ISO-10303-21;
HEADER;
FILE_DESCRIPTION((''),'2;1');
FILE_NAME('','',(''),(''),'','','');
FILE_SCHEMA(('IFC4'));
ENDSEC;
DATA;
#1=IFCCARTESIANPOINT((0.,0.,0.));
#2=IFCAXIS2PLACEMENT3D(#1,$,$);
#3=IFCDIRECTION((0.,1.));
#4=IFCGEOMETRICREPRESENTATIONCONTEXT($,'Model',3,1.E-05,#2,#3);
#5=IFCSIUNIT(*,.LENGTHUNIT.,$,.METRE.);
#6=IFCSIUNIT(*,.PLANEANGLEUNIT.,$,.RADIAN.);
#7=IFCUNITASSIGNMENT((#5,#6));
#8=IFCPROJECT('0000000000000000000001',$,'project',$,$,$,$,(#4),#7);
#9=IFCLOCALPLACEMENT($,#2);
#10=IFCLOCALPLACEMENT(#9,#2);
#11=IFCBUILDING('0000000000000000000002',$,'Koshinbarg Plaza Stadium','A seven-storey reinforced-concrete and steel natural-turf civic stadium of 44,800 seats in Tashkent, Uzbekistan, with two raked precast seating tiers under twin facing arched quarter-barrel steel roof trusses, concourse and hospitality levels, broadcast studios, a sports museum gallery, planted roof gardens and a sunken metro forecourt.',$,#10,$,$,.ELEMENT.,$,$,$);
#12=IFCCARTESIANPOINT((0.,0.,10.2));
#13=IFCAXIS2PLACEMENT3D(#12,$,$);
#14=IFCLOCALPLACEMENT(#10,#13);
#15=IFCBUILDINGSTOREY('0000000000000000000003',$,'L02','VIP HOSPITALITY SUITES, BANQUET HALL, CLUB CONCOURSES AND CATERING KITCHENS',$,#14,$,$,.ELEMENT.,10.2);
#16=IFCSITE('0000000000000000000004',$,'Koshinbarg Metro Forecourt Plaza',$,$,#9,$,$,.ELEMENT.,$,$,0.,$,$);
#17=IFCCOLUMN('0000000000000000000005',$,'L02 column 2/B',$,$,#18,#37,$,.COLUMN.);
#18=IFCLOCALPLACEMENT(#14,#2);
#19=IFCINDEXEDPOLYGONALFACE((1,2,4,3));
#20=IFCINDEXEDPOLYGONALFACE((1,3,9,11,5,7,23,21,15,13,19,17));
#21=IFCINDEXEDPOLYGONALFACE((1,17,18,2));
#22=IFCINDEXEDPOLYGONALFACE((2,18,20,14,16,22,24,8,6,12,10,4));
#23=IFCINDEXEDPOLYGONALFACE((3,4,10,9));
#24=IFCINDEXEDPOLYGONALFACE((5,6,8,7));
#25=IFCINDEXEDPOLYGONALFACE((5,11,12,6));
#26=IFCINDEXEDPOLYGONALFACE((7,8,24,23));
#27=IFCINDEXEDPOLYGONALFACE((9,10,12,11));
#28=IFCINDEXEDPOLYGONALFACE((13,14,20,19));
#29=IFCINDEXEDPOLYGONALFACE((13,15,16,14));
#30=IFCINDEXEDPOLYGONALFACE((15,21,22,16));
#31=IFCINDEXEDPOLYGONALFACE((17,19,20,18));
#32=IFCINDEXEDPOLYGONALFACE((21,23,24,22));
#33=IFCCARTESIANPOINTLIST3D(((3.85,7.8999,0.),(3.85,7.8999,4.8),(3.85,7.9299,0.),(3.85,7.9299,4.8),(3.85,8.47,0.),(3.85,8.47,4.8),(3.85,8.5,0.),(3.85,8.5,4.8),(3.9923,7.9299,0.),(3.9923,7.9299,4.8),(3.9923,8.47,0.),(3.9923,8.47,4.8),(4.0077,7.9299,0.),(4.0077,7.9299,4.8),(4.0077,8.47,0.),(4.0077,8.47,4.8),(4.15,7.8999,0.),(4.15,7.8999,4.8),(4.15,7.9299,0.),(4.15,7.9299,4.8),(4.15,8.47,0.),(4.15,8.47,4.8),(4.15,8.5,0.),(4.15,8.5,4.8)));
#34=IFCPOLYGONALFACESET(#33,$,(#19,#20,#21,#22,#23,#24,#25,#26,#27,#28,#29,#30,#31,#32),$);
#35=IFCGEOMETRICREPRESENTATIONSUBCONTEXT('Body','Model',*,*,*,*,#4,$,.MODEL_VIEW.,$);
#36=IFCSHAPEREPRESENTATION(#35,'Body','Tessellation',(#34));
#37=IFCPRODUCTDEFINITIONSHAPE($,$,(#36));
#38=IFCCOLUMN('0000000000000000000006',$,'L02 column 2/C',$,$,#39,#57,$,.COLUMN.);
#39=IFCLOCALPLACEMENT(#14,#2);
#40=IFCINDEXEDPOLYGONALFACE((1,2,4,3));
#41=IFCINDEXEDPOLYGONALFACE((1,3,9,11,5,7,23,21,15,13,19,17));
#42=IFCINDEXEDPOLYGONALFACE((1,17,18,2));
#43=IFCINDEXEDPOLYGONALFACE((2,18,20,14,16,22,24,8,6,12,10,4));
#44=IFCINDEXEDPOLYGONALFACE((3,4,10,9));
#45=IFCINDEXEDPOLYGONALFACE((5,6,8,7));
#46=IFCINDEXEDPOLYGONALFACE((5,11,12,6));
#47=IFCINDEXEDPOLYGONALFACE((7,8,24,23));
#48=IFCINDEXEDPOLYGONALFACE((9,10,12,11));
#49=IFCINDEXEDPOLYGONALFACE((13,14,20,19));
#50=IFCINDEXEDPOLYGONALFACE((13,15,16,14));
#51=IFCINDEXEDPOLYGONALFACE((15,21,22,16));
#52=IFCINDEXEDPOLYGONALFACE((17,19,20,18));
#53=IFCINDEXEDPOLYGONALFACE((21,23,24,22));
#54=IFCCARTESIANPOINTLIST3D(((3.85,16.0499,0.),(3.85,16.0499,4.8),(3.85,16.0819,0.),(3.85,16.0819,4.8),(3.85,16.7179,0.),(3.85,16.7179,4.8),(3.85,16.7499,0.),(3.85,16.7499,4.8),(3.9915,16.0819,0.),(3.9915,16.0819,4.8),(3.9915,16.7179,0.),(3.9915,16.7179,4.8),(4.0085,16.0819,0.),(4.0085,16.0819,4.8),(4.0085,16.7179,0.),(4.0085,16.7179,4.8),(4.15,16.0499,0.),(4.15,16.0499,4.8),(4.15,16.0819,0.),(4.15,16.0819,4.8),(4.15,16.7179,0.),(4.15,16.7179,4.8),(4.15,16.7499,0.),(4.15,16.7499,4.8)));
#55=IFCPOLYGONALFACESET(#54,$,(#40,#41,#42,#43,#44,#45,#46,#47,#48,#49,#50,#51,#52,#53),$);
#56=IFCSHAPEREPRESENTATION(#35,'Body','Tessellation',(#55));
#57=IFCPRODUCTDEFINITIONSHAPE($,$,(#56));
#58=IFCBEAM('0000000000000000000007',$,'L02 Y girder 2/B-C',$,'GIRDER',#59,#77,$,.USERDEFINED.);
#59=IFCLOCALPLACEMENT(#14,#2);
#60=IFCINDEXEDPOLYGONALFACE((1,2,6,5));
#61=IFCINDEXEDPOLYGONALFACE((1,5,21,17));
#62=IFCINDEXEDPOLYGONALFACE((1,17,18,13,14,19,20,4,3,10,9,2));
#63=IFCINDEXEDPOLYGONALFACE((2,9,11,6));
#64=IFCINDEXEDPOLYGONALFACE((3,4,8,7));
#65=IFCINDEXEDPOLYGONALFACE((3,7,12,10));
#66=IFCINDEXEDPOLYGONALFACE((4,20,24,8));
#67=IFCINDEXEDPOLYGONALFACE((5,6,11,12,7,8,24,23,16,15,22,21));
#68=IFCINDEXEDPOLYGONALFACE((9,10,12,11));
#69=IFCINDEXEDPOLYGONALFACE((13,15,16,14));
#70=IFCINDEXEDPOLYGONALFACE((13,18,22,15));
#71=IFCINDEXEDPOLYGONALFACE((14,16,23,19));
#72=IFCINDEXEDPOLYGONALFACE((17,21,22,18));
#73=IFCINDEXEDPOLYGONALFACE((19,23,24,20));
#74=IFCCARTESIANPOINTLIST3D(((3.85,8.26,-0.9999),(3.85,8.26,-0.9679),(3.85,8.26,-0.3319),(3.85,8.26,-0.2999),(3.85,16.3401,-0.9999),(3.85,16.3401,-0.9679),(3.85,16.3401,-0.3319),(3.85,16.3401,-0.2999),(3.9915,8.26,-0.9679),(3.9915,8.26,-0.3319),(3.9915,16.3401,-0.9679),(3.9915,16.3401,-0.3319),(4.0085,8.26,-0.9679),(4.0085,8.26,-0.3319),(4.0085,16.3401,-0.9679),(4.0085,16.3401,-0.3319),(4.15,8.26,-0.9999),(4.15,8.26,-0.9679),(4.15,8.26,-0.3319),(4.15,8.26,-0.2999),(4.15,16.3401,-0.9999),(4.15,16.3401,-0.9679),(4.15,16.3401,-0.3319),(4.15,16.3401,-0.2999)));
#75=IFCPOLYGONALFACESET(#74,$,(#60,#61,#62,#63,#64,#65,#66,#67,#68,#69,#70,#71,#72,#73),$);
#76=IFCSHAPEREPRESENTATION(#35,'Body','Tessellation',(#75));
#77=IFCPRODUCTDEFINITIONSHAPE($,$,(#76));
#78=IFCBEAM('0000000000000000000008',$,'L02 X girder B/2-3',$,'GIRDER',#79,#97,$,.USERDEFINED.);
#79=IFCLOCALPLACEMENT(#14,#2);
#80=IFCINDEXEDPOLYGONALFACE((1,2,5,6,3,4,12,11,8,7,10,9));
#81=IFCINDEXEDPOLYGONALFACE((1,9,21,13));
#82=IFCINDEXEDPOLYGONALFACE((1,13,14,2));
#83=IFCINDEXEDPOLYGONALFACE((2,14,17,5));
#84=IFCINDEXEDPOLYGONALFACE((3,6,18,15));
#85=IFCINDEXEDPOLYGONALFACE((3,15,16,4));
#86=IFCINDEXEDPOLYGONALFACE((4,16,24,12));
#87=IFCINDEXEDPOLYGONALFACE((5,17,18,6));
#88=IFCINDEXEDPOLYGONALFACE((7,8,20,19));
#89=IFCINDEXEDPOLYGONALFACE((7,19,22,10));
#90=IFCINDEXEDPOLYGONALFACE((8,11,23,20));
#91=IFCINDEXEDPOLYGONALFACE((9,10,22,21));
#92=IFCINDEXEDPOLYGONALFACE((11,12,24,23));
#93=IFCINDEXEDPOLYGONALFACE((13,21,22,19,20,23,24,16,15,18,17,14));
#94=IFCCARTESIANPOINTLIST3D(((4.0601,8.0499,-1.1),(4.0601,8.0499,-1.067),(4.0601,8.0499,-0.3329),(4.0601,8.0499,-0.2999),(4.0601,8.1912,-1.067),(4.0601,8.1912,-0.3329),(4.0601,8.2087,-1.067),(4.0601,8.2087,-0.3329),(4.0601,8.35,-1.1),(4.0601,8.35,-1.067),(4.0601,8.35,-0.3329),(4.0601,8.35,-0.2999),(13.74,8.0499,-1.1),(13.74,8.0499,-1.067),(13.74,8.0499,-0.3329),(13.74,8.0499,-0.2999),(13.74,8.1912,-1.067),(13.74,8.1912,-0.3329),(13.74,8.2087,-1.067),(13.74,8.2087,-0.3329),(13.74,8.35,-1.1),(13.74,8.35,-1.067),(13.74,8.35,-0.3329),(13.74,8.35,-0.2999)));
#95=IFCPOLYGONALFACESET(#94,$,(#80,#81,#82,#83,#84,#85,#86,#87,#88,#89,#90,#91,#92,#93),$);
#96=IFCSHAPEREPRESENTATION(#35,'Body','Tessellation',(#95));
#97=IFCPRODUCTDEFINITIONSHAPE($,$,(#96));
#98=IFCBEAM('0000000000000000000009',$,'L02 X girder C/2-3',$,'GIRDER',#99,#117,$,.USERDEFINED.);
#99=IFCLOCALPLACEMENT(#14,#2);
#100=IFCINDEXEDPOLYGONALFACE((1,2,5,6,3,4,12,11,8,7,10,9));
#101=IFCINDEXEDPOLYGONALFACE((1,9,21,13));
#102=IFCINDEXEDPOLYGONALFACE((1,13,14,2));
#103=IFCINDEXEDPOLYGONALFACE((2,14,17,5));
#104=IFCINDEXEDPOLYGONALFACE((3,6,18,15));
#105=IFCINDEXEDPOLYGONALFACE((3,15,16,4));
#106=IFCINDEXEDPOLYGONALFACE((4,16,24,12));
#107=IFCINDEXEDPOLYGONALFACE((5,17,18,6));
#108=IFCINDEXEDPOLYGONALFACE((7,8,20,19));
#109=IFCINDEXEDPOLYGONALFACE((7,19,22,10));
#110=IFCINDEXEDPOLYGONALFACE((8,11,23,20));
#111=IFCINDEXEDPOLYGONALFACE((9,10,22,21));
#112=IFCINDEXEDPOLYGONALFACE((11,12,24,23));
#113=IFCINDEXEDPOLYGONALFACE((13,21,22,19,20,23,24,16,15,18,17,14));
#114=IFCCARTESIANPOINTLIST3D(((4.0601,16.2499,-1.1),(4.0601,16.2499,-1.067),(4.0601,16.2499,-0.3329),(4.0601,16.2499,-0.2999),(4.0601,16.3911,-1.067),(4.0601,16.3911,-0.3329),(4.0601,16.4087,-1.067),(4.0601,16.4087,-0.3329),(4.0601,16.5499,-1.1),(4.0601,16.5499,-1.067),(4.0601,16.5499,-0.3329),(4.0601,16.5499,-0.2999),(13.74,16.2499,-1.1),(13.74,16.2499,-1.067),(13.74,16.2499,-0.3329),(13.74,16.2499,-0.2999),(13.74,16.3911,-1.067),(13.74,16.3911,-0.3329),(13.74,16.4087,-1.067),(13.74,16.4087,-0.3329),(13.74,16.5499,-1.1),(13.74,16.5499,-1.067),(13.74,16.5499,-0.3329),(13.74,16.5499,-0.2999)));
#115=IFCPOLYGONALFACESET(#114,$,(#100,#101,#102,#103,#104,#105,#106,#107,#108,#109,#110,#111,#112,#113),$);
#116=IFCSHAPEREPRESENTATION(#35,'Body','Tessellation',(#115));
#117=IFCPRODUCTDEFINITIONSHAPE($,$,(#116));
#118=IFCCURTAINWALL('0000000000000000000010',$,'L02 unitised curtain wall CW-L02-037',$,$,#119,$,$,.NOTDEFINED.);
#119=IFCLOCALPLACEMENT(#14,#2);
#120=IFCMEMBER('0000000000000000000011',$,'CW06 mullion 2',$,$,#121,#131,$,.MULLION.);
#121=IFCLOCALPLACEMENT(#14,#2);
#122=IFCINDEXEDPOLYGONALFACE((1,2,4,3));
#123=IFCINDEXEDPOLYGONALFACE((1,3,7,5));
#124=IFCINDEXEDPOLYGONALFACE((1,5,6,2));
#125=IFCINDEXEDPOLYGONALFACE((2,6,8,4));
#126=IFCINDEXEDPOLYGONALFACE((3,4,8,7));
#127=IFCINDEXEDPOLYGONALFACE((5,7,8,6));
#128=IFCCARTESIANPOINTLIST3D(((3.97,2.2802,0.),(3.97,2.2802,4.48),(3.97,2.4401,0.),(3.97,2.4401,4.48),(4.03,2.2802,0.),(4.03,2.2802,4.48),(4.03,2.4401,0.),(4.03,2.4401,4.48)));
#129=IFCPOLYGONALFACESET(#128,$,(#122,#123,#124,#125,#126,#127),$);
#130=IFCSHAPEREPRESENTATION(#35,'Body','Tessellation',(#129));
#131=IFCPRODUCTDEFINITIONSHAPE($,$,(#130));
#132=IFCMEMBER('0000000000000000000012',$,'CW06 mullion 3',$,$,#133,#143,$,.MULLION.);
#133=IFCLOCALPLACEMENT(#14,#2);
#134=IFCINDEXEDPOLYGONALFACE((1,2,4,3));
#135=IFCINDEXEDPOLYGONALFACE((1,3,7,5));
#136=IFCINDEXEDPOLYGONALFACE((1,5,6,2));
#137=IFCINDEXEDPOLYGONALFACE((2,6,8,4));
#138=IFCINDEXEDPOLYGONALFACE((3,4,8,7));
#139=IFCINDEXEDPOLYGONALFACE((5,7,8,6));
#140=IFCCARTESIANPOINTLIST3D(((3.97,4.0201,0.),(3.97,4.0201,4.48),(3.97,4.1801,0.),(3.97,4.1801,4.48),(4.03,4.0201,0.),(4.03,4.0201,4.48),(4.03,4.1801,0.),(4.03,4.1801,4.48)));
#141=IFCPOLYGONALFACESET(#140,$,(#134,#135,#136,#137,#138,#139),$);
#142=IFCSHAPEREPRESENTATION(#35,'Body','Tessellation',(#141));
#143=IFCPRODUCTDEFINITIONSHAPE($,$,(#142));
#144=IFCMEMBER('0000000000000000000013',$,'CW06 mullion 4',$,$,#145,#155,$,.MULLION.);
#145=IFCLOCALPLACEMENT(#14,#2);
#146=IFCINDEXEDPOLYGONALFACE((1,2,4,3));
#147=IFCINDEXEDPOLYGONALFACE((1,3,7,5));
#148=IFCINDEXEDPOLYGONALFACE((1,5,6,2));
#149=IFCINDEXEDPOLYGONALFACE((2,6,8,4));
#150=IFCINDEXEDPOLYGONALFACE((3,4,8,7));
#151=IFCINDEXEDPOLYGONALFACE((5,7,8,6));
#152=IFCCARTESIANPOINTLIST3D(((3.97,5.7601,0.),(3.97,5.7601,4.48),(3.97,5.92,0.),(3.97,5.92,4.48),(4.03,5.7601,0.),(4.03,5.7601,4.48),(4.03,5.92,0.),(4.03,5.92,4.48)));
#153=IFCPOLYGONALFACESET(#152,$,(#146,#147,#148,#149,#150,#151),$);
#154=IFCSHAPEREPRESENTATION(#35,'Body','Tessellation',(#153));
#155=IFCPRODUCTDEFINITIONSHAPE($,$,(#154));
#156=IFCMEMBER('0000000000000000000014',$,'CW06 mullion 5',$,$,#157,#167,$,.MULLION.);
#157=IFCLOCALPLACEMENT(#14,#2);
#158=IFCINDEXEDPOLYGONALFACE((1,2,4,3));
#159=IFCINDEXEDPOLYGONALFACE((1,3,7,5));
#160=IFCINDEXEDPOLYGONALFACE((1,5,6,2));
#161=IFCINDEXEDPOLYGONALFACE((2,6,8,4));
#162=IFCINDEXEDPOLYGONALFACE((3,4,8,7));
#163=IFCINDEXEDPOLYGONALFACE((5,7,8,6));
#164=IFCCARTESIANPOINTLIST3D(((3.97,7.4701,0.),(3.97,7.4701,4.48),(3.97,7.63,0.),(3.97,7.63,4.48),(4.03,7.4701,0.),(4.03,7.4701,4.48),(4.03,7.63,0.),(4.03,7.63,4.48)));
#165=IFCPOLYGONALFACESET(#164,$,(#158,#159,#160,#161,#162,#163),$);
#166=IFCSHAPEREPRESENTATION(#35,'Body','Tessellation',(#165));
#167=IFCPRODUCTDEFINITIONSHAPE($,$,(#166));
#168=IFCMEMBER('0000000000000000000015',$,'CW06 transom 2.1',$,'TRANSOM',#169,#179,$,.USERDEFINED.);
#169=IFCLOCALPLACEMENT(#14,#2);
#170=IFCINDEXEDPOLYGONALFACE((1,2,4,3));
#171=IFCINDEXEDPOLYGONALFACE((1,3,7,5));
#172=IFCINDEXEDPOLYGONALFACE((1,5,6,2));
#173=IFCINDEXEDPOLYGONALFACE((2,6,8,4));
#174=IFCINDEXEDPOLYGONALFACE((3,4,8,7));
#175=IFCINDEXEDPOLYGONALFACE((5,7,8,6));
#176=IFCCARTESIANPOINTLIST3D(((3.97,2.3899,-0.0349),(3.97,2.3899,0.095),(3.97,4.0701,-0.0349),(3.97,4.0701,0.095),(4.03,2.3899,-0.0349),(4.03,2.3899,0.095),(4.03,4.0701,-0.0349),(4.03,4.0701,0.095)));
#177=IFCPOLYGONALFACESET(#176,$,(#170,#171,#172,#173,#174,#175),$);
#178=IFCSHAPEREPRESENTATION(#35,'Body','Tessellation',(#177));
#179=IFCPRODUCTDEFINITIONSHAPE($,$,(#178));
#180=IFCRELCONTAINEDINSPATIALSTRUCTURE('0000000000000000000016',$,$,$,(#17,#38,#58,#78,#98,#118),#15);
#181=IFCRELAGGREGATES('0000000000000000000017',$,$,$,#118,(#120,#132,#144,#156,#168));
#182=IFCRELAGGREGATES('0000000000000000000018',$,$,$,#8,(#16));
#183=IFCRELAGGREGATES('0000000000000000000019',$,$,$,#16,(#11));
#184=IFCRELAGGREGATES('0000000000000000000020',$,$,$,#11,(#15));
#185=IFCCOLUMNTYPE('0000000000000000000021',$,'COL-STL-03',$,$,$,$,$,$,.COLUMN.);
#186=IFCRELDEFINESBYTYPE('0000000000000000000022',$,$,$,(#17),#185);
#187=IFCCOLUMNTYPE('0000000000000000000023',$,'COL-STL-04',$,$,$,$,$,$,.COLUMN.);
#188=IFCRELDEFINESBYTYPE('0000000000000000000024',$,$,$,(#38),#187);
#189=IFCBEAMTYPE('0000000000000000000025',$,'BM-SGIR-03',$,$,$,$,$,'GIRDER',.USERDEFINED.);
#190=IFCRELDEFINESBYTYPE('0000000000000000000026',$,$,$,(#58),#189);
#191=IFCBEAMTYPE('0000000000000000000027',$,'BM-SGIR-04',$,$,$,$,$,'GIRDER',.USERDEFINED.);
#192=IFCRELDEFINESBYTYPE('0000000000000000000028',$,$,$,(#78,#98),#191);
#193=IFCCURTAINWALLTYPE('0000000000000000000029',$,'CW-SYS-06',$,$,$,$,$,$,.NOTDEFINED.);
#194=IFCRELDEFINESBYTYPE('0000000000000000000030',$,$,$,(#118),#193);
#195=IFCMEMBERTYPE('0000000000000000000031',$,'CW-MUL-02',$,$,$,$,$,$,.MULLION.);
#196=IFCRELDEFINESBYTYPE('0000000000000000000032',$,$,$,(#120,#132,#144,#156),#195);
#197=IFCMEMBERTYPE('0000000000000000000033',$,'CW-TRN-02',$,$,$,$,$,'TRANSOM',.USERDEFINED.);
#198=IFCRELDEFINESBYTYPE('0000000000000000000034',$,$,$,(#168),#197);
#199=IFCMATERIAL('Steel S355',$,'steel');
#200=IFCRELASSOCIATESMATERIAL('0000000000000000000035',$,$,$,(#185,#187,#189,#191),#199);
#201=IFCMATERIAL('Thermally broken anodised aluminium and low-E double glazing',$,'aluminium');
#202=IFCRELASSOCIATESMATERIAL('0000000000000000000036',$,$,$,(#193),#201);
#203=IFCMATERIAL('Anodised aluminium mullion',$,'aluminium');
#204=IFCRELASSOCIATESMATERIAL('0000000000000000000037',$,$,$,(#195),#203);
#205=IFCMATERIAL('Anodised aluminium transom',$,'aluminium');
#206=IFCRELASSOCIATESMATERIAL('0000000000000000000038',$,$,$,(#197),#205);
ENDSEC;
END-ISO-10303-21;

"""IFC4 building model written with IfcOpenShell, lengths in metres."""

from ifc_helpers import new_model, si_unit, direction, frame, origin, origin_2d, place, context, subcontext, project, spatial, rectangle, i_section, extrude, material, material_profile, profile_set, type_object, element, aggregate, save


model = new_model("IFC4")

# Units and contexts
model_context = context("Model", 3, precision=1e-05, world=origin(), true_north=direction((0.0, 1.0)))
body_context = subcontext(model_context, "Body", "Model", "MODEL_VIEW")
ifc_project = project(units=[si_unit("LENGTHUNIT", "METRE"), si_unit("PLANEANGLEUNIT", "RADIAN")], contexts=[model_context])

# Site, building, storey
site_placement = place(None, origin())
site = spatial("IfcSite", under=ifc_project, at=site_placement, Name="Koshinbarg Metro Forecourt Plaza", CompositionType="ELEMENT", RefElevation=0.0)
building_placement = place(site_placement, origin())
building = spatial("IfcBuilding", under=site, at=building_placement, Name="Koshinbarg Plaza Stadium", Description="A seven-storey reinforced-concrete and steel natural-turf civic stadium of 44,800 seats in Tashkent, Uzbekistan, with two raked precast seating tiers under twin facing arched quarter-barrel steel roof trusses, concourse and hospitality levels, broadcast studios, a sports museum gallery, planted roof gardens and a sunken metro forecourt.", CompositionType="ELEMENT")
storey_placement = place(building_placement, frame((0.0, 0.0, 10.2)))
storey = spatial("IfcBuildingStorey", under=building, at=storey_placement, Name="L02", Description="VIP HOSPITALITY SUITES, BANQUET HALL, CLUB CONCOURSES AND CATERING KITCHENS", CompositionType="ELEMENT", Elevation=10.2)

# Columns
ifc_material_1 = material(Name="Steel S355", Category="steel")
ifc_material_profile_1 = material_profile(ifc_material_1, i_section(OverallWidth=0.3, OverallDepth=0.6001, WebThickness=0.0154, FlangeThickness=0.03, at=origin_2d()), Name="HEB 600")
ifc_profile_set_1 = profile_set([ifc_material_profile_1], Name="Steel S355")
column_type_1 = type_object("IfcColumnType", Name="COL-STL-03", PredefinedType="COLUMN", material=ifc_profile_set_1)
column_1_placement = place(storey_placement, frame((4.0, 8.2, 0.0), z_axis=(0.0, 0.0, 1.0), x_axis=(1.0, 0.0, 0.0)))
element("IfcColumn", 1, at=column_1_placement, inside=storey, type_object=column_type_1, Name="L02 column 2/B", PredefinedType="COLUMN", context=body_context, shape_type="SweptSolid", body=[
    extrude(i_section(OverallWidth=0.3, OverallDepth=0.6001, WebThickness=0.0154, FlangeThickness=0.03, at=origin_2d()), origin(), (0.0, 0.0, 1.0), 4.8),
])
ifc_material_profile_2 = material_profile(ifc_material_1, i_section(OverallWidth=0.3, OverallDepth=0.7, WebThickness=0.0171, FlangeThickness=0.032, at=origin_2d()), Name="HEB 700")
ifc_profile_set_2 = profile_set([ifc_material_profile_2], Name="Steel S355")
column_type_2 = type_object("IfcColumnType", Name="COL-STL-04", PredefinedType="COLUMN", material=ifc_profile_set_2)
column_2_placement = place(storey_placement, frame((4.0, 16.3999, 0.0), z_axis=(0.0, 0.0, 1.0), x_axis=(1.0, 0.0, 0.0)))
element("IfcColumn", 2, at=column_2_placement, inside=storey, type_object=column_type_2, Name="L02 column 2/C", PredefinedType="COLUMN", context=body_context, shape_type="SweptSolid", body=[
    extrude(i_section(OverallWidth=0.3, OverallDepth=0.7, WebThickness=0.0171, FlangeThickness=0.032, at=origin_2d()), origin(), (0.0, 0.0, 1.0), 4.8),
])

# Beams
ifc_material_profile_3 = material_profile(ifc_material_1, i_section(OverallWidth=0.3, OverallDepth=0.7, WebThickness=0.0171, FlangeThickness=0.032, at=origin_2d()), Name="HEB 700")
ifc_profile_set_3 = profile_set([ifc_material_profile_3], Name="Steel S355")
beam_type_1 = type_object("IfcBeamType", Name="BM-SGIR-03", ElementType="GIRDER", PredefinedType="USERDEFINED", material=ifc_profile_set_3)
beam_placement = place(storey_placement, frame((4.0, 8.26, -0.6499), z_axis=(0.0, 1.0, 0.0), x_axis=(-1.0, 0.0, 0.0)))
element("IfcBeam", 3, at=beam_placement, inside=storey, type_object=beam_type_1, Name="L02 Y girder 2/B-C", ObjectType="GIRDER", PredefinedType="USERDEFINED", context=body_context, shape_type="SweptSolid", body=[
    extrude(i_section(OverallWidth=0.3, OverallDepth=0.7, WebThickness=0.0171, FlangeThickness=0.032, at=origin_2d()), origin(), (0.0, 0.0, 1.0), 8.0801),
])
ifc_material_profile_4 = material_profile(ifc_material_1, i_section(OverallWidth=0.3, OverallDepth=0.8, WebThickness=0.0176, FlangeThickness=0.033, at=origin_2d()), Name="HEB 800")
ifc_profile_set_4 = profile_set([ifc_material_profile_4], Name="Steel S355")
beam_type_2 = type_object("IfcBeamType", Name="BM-SGIR-04", ElementType="GIRDER", PredefinedType="USERDEFINED", material=ifc_profile_set_4)
for number, where, z_axis, x_axis, name in (
    (4, (4.0601, 8.2, -0.7), (1.0, 0.0, 0.0), (0.0, 1.0, 0.0), "L02 X girder B/2-3"),
    (5, (4.0601, 16.3999, -0.7), (1.0, 0.0, 0.0), (0.0, 1.0, 0.0), "L02 X girder C/2-3"),
):
    element("IfcBeam", number, at=place(storey_placement, frame(where, z_axis=z_axis, x_axis=x_axis)), inside=storey, type_object=beam_type_2, Name=name, ObjectType="GIRDER", PredefinedType="USERDEFINED", context=body_context, shape_type="SweptSolid", body=[
        extrude(i_section(OverallWidth=0.3, OverallDepth=0.8, WebThickness=0.0176, FlangeThickness=0.033, at=origin_2d()), origin(), (0.0, 0.0, 1.0), 9.6799),
    ])

# Curtain wall, members
ifc_material_2 = material(Name="Thermally broken anodised aluminium and low-E double glazing", Category="aluminium")
curtain_wall_type = type_object("IfcCurtainWallType", Name="CW-SYS-06", PredefinedType="NOTDEFINED", material=ifc_material_2)
curtain_wall_placement = place(storey_placement, origin())
curtain_wall = element("IfcCurtainWall", 6, at=curtain_wall_placement, inside=storey, type_object=curtain_wall_type, Name="L02 unitised curtain wall CW-L02-037", PredefinedType="NOTDEFINED")
ifc_material_3 = material(Name="Anodised aluminium mullion", Category="aluminium")
ifc_material_profile_5 = material_profile(ifc_material_3, rectangle(XDim=0.0601, YDim=0.1599, at=origin_2d()), Name="ALU 60x160")
ifc_profile_set_5 = profile_set([ifc_material_profile_5], Name="Anodised aluminium mullion")
member_type_1 = type_object("IfcMemberType", Name="CW-MUL-02", PredefinedType="MULLION", material=ifc_profile_set_5)
member_1_placement = place(storey_placement, frame((4.0, 2.3601, 0.0), z_axis=(0.0, 0.0, 1.0), x_axis=(-1.0, 0.0, 0.0)))
member_1 = element("IfcMember", 7, at=member_1_placement, type_object=member_type_1, Name="CW06 mullion 2", PredefinedType="MULLION", context=body_context, shape_type="SweptSolid", body=[
    extrude(rectangle(XDim=0.0601, YDim=0.1599, at=origin_2d()), origin(), (0.0, 0.0, 1.0), 4.48),
])
member_2_placement = place(storey_placement, frame((4.0, 4.1001, 0.0), z_axis=(0.0, 0.0, 1.0), x_axis=(-1.0, 0.0, 0.0)))
member_2 = element("IfcMember", 8, at=member_2_placement, type_object=member_type_1, Name="CW06 mullion 3", PredefinedType="MULLION", context=body_context, shape_type="SweptSolid", body=[
    extrude(rectangle(XDim=0.0601, YDim=0.1599, at=origin_2d()), origin(), (0.0, 0.0, 1.0), 4.48),
])
member_3_placement = place(storey_placement, frame((4.0, 5.8401, 0.0), z_axis=(0.0, 0.0, 1.0), x_axis=(-1.0, 0.0, 0.0)))
member_3 = element("IfcMember", 9, at=member_3_placement, type_object=member_type_1, Name="CW06 mullion 4", PredefinedType="MULLION", context=body_context, shape_type="SweptSolid", body=[
    extrude(rectangle(XDim=0.0601, YDim=0.1599, at=origin_2d()), origin(), (0.0, 0.0, 1.0), 4.48),
])
member_4_placement = place(storey_placement, frame((4.0, 7.55, 0.0), z_axis=(0.0, 0.0, 1.0), x_axis=(-1.0, 0.0, 0.0)))
member_4 = element("IfcMember", 10, at=member_4_placement, type_object=member_type_1, Name="CW06 mullion 5", PredefinedType="MULLION", context=body_context, shape_type="SweptSolid", body=[
    extrude(rectangle(XDim=0.0601, YDim=0.1599, at=origin_2d()), origin(), (0.0, 0.0, 1.0), 4.48),
])
ifc_material_4 = material(Name="Anodised aluminium transom", Category="aluminium")
ifc_material_profile_6 = material_profile(ifc_material_4, rectangle(XDim=0.0601, YDim=0.1299, at=origin_2d()), Name="ALU 60x130")
ifc_profile_set_6 = profile_set([ifc_material_profile_6], Name="Anodised aluminium transom")
member_type_2 = type_object("IfcMemberType", Name="CW-TRN-02", ElementType="TRANSOM", PredefinedType="USERDEFINED", material=ifc_profile_set_6)
member_5_placement = place(storey_placement, frame((4.0, 2.3899, 0.03), z_axis=(0.0, 1.0, 0.0), x_axis=(-1.0, 0.0, 0.0)))
member_5 = element("IfcMember", 11, at=member_5_placement, type_object=member_type_2, Name="CW06 transom 2.1", ObjectType="TRANSOM", PredefinedType="USERDEFINED", context=body_context, shape_type="SweptSolid", body=[
    extrude(rectangle(XDim=0.0601, YDim=0.1299, at=origin_2d()), origin(), (0.0, 0.0, 1.0), 1.6802),
])
aggregate(curtain_wall, [member_1, member_2, member_3, member_4, member_5])

save(model, "model.ifc")
